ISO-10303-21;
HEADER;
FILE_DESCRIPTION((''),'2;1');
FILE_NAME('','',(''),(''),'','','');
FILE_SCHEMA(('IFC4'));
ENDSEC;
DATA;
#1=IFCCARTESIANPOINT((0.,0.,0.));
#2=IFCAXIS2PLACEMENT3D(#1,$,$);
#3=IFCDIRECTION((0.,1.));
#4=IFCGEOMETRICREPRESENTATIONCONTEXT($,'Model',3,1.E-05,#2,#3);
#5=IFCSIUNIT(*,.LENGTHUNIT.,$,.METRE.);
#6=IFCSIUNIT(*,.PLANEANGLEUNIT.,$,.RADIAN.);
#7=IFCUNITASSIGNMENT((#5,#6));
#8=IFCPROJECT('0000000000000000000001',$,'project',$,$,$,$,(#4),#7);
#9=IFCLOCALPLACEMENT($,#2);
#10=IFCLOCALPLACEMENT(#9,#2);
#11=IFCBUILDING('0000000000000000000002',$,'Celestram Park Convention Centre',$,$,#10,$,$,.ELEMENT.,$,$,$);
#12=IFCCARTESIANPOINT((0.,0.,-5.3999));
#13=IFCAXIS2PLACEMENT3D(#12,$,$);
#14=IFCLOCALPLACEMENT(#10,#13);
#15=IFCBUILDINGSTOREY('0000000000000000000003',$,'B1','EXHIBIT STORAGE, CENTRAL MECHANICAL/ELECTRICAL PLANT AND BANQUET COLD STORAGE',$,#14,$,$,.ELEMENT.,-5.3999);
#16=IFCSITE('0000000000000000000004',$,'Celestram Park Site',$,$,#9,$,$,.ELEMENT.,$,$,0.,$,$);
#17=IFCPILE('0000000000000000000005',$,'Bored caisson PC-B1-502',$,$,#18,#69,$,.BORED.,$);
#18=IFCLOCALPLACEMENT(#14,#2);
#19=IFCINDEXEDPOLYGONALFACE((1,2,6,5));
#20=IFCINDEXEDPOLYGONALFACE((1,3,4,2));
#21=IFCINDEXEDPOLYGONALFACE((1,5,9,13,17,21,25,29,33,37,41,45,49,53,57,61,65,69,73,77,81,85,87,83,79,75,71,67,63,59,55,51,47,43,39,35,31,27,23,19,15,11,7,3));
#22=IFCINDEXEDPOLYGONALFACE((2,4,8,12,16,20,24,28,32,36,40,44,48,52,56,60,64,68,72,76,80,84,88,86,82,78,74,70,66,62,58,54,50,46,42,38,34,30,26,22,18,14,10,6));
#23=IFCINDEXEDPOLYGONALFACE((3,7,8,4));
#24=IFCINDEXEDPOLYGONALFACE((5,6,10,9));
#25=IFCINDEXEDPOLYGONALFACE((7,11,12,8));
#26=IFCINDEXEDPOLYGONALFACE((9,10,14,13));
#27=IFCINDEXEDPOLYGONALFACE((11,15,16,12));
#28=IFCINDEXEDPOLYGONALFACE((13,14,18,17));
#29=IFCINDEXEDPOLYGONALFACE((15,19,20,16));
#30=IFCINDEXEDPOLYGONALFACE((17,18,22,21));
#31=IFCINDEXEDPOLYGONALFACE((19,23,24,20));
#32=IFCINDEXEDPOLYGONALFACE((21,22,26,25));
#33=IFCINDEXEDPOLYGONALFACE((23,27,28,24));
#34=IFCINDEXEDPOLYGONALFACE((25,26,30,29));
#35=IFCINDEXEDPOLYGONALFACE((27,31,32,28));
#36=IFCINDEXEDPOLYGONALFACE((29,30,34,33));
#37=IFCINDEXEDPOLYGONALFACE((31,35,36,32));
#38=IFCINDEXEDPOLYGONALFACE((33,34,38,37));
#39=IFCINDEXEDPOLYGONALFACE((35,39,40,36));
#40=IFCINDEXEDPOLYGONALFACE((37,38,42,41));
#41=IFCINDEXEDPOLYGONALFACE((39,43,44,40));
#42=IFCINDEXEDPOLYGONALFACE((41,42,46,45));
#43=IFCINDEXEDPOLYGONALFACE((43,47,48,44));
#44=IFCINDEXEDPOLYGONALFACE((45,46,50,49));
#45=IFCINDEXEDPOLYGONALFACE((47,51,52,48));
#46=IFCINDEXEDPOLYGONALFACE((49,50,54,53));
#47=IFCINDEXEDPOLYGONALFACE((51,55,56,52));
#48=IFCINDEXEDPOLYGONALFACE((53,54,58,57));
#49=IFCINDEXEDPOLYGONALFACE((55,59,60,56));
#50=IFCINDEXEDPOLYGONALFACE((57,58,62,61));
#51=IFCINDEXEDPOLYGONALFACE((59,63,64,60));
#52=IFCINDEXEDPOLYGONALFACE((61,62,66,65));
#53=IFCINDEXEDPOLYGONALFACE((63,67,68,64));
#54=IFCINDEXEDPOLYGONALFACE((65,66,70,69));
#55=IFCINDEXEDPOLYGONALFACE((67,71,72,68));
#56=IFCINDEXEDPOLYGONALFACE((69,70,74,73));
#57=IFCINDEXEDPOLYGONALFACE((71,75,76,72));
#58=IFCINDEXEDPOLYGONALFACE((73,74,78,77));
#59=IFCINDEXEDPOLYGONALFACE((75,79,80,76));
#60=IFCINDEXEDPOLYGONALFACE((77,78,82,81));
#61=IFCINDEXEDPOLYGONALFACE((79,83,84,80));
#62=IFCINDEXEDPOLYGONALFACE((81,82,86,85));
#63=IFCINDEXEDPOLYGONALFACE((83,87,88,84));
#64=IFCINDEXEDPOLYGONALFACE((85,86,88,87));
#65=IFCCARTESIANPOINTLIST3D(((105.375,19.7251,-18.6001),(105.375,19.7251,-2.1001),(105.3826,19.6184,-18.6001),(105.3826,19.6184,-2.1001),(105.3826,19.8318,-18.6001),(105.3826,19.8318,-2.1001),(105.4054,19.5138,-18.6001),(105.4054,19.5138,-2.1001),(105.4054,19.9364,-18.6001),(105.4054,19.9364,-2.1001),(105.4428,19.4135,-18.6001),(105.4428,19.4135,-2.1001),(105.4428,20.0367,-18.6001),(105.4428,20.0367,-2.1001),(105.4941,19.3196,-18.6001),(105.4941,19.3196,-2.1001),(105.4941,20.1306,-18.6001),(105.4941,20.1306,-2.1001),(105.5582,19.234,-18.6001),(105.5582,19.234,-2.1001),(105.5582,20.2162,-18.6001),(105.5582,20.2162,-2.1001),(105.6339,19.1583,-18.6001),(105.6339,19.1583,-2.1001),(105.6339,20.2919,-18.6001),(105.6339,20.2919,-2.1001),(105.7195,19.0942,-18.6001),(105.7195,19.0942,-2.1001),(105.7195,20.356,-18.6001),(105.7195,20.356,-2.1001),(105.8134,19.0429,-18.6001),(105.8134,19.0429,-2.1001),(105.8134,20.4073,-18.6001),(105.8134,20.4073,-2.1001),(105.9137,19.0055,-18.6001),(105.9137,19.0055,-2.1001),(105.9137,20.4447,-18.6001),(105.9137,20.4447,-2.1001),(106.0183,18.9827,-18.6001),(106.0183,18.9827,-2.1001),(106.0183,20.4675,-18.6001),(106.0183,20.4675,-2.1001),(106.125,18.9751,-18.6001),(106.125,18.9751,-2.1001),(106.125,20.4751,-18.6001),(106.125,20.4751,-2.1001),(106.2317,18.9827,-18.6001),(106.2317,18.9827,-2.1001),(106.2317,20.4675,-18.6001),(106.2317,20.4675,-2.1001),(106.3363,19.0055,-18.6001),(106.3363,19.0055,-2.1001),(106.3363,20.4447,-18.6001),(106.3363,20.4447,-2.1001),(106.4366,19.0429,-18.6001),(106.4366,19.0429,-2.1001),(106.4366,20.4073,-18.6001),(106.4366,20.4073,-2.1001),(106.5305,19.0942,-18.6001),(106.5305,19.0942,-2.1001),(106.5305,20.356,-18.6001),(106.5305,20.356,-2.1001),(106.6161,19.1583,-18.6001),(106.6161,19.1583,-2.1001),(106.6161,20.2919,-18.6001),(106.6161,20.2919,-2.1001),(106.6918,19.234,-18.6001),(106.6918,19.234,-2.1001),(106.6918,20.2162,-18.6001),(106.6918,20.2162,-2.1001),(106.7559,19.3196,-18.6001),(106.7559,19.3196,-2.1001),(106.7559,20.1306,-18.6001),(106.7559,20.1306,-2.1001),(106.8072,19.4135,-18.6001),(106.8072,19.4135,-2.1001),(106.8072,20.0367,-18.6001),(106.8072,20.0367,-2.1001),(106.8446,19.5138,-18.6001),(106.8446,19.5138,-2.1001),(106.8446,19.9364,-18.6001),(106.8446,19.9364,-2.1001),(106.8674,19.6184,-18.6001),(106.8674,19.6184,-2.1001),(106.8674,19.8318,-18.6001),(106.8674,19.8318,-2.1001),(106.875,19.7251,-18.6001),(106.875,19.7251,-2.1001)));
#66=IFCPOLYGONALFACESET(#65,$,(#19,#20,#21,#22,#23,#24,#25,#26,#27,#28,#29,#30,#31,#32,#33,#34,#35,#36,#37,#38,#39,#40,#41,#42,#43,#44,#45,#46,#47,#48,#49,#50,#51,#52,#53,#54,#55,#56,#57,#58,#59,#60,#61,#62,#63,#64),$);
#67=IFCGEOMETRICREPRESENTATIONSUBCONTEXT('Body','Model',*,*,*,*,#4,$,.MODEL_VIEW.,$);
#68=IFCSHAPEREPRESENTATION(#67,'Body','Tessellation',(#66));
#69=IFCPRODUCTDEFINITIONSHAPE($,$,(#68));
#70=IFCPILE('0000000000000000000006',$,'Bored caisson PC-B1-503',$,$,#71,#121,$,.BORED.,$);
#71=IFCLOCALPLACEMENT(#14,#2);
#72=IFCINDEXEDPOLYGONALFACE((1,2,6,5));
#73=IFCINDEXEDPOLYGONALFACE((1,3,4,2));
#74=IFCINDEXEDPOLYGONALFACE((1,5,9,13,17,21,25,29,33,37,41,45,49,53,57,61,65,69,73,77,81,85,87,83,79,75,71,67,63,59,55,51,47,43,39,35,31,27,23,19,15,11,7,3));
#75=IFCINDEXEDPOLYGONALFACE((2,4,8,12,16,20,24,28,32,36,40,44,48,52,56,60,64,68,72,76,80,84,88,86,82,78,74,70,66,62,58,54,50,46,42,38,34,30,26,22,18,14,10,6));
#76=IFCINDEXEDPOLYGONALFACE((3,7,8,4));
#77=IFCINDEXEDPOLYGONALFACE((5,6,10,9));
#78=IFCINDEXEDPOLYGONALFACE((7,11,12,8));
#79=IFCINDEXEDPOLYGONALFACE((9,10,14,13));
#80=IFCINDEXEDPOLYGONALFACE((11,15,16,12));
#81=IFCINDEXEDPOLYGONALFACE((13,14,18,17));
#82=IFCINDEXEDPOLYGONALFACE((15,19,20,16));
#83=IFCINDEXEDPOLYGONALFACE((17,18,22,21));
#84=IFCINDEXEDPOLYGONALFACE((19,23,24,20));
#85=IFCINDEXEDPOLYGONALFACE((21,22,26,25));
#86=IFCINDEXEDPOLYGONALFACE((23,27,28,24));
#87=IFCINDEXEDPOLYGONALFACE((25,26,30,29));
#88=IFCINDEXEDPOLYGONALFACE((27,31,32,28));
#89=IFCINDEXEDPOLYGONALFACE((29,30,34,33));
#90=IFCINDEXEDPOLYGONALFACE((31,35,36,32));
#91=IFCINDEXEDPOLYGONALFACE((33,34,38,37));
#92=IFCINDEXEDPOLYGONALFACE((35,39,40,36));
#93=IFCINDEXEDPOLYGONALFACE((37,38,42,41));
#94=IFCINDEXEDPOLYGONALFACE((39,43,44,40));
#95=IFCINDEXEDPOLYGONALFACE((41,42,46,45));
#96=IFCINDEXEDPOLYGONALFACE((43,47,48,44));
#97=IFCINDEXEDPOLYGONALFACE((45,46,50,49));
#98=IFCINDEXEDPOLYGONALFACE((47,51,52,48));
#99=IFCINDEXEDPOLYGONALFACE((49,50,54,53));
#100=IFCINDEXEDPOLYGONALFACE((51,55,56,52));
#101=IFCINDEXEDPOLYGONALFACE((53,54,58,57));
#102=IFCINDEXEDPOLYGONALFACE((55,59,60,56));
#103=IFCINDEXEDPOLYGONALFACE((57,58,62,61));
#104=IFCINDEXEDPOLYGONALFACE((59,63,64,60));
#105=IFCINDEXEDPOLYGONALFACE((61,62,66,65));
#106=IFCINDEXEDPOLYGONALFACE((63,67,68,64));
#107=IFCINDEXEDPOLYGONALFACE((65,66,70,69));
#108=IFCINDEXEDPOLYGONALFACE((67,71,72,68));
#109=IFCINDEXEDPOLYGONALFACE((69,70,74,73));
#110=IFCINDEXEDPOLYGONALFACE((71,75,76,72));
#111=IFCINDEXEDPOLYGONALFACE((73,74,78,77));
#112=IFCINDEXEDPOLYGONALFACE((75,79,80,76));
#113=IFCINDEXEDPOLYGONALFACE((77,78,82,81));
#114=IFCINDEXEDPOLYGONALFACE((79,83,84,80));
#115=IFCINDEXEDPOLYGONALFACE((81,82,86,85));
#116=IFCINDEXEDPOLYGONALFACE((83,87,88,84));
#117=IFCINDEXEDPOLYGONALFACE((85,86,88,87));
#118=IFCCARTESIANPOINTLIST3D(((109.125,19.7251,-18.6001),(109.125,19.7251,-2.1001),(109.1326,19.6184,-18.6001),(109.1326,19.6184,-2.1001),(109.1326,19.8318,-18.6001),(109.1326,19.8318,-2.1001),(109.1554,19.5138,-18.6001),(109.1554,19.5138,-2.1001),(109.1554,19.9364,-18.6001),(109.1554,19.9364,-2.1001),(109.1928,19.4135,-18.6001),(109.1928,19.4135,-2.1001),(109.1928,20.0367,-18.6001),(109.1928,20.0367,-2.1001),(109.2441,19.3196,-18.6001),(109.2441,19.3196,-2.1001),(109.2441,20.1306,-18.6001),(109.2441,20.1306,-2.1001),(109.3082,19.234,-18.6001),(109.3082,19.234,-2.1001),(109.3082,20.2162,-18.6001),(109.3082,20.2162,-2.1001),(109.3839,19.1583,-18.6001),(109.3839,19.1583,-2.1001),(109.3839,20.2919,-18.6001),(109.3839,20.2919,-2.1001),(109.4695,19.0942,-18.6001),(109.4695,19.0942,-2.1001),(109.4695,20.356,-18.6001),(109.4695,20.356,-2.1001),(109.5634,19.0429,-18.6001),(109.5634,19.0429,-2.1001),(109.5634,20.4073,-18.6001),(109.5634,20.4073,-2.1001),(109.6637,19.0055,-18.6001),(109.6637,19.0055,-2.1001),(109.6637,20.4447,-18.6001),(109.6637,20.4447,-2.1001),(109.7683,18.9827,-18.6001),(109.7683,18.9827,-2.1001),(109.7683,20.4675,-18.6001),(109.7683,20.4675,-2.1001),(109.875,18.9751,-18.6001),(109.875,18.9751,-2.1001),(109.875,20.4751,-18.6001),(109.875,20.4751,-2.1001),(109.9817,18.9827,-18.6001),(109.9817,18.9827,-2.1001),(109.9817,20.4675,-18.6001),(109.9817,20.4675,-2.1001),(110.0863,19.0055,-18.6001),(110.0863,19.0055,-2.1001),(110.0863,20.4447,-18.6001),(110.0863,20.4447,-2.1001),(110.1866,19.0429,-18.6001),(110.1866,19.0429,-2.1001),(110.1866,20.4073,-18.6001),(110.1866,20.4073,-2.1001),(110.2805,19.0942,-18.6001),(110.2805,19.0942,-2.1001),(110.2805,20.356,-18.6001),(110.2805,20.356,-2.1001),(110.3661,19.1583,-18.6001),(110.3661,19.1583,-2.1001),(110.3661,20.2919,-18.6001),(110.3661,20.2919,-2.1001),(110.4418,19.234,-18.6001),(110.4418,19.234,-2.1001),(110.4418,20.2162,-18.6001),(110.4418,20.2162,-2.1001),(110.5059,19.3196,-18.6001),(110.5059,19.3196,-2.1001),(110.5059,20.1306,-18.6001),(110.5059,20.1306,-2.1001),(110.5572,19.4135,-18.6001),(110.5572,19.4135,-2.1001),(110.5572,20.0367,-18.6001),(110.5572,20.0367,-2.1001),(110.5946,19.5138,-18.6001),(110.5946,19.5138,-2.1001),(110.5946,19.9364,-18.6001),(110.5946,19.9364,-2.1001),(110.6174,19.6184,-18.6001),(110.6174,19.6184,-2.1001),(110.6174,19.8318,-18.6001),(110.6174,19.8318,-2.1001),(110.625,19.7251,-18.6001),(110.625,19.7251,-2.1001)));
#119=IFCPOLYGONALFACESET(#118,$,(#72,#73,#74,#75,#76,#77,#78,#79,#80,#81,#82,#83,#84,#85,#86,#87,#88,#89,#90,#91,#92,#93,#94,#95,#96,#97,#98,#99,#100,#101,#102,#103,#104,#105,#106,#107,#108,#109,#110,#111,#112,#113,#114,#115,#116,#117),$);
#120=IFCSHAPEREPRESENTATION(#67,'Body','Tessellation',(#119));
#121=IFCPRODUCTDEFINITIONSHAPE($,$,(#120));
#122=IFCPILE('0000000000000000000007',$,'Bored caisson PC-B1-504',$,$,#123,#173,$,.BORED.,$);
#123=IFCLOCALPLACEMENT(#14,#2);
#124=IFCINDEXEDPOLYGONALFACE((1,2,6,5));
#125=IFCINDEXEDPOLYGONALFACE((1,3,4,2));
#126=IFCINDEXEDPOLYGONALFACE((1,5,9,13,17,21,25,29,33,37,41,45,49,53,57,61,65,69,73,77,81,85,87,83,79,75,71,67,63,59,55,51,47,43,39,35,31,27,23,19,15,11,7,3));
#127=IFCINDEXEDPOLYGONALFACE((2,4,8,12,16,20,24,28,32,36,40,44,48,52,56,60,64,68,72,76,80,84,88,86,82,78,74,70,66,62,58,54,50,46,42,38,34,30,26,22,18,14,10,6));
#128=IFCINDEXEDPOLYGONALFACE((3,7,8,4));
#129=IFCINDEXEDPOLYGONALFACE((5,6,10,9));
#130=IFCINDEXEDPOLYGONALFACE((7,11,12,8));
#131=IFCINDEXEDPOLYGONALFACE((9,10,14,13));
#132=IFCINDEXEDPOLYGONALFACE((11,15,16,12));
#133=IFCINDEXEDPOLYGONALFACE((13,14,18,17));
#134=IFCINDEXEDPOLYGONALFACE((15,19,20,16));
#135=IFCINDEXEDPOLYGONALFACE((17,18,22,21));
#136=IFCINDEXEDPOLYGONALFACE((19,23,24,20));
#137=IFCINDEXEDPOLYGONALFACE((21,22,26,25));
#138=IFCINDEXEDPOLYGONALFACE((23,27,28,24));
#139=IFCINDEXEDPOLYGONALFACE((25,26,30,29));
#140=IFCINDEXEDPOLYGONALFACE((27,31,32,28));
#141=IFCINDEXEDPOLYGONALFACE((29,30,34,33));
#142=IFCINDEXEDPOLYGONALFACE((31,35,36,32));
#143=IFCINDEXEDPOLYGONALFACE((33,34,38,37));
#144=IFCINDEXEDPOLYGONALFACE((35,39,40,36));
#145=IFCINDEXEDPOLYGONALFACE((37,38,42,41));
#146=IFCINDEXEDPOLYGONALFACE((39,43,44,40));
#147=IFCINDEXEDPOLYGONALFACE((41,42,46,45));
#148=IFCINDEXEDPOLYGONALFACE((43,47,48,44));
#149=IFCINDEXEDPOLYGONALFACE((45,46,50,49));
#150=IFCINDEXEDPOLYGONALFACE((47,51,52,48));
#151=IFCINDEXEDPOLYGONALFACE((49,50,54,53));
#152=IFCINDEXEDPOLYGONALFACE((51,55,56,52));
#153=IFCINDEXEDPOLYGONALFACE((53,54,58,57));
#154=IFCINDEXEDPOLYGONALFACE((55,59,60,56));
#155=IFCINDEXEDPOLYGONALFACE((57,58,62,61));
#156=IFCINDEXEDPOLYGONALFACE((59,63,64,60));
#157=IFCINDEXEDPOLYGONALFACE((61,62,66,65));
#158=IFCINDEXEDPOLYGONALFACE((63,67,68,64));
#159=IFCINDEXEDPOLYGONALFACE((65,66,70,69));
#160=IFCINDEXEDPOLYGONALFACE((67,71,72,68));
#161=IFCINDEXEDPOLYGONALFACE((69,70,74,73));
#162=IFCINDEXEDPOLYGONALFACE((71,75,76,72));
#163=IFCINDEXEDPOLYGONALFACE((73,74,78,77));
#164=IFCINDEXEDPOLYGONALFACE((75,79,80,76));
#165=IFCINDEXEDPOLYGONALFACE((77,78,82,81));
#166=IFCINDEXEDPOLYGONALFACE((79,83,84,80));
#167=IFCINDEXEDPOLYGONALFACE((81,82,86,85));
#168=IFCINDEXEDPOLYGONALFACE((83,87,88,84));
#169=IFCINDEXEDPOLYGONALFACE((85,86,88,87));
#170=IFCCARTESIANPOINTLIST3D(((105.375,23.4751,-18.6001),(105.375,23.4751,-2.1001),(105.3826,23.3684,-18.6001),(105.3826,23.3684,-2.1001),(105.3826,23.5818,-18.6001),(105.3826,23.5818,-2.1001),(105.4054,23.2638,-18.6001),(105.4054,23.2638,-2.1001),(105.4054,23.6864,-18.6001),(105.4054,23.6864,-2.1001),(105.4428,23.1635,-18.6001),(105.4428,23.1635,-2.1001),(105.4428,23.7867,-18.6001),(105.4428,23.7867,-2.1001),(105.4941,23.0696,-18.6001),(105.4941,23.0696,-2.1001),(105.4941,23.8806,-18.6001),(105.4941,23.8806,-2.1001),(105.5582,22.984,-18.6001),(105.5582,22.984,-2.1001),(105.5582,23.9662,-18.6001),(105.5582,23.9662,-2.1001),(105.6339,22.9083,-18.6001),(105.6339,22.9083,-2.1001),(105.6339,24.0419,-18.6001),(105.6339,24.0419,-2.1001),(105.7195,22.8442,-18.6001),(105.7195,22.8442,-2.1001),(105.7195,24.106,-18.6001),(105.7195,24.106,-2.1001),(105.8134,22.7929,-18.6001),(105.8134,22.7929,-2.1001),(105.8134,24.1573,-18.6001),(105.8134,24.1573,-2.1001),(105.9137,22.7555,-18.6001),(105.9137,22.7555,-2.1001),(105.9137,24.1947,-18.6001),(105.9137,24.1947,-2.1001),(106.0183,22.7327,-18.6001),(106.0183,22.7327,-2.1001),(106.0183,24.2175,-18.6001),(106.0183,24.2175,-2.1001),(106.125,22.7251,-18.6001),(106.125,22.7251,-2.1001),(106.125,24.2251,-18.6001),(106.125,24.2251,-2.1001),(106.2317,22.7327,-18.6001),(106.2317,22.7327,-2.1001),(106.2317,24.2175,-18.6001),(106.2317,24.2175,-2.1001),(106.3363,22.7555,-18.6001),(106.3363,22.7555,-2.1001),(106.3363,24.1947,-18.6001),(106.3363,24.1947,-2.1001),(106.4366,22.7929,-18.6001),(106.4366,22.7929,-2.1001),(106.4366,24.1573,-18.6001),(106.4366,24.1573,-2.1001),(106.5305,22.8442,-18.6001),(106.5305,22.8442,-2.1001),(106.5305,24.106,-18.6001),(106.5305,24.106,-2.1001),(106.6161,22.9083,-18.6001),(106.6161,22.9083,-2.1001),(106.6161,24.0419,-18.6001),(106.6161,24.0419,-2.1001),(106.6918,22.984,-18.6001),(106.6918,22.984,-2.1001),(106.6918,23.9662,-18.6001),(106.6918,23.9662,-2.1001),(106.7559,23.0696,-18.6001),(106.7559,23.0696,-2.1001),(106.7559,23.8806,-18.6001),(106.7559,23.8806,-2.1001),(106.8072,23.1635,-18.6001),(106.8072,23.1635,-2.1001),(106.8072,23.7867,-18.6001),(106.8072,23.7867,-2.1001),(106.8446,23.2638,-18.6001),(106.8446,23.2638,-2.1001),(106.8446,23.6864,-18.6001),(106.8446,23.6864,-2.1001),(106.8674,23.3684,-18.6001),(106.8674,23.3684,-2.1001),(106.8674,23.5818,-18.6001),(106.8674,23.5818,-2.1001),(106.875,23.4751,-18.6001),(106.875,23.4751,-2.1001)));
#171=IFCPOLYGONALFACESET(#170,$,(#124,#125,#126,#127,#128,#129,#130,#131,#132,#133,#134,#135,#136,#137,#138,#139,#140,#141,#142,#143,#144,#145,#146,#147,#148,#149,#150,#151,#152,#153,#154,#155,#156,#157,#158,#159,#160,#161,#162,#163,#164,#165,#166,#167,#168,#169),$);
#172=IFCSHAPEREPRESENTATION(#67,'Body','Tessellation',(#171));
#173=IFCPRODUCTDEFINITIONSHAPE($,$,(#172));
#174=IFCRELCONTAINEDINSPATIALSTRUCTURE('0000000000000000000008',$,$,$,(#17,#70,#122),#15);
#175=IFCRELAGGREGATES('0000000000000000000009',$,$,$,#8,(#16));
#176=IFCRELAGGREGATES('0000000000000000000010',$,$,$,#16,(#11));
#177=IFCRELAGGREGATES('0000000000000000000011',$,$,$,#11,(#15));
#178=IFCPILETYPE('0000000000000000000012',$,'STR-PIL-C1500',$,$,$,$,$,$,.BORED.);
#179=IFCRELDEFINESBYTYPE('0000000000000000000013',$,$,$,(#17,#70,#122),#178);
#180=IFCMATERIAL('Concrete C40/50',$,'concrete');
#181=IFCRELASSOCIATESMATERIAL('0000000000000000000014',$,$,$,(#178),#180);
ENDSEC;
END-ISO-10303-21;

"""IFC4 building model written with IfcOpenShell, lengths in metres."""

from ifc_helpers import new_model, si_unit, direction, frame, origin, origin_2d, place, context, subcontext, project, spatial, circle, extrude, material, material_profile, profile_set, type_object, element, save


model = new_model("IFC4")

# Units and contexts
model_context = context("Model", 3, precision=1e-05, world=origin(), true_north=direction((0.0, 1.0)))
body_context = subcontext(model_context, "Body", "Model", "MODEL_VIEW")
ifc_project = project(units=[si_unit("LENGTHUNIT", "METRE"), si_unit("PLANEANGLEUNIT", "RADIAN")], contexts=[model_context])

# Site, building, storey
site_placement = place(None, origin())
site = spatial("IfcSite", under=ifc_project, at=site_placement, Name="Celestram Park Site", CompositionType="ELEMENT", RefElevation=0.0)
building_placement = place(site_placement, origin())
building = spatial("IfcBuilding", under=site, at=building_placement, Name="Celestram Park Convention Centre", CompositionType="ELEMENT")
storey_placement = place(building_placement, frame((0.0, 0.0, -5.3999)))
storey = spatial("IfcBuildingStorey", under=building, at=storey_placement, Name="B1", Description="EXHIBIT STORAGE, CENTRAL MECHANICAL/ELECTRICAL PLANT AND BANQUET COLD STORAGE", CompositionType="ELEMENT", Elevation=-5.3999)

# Shared definitions
ifc_material_1 = material(Name="Concrete C40/50", Category="concrete")

# Piles
ifc_material_profile_1 = material_profile(ifc_material_1, circle(Radius=0.75, at=origin_2d()), Name="CAISSON1500")
ifc_profile_set_1 = profile_set([ifc_material_profile_1], Name="Concrete C40/50")
pile_type_1 = type_object("IfcPileType", Name="STR-PIL-C1500", PredefinedType="BORED", material=ifc_profile_set_1)
for number, where, z_axis, x_axis, name in (
    (1, (106.125, 19.7251, -2.1001), (0.0, 0.0, -1.0), (1.0, 0.0, 0.0), "Bored caisson PC-B1-502"),
    (2, (109.875, 19.7251, -2.1001), (0.0, 0.0, -1.0), (1.0, 0.0, 0.0), "Bored caisson PC-B1-503"),
    (3, (106.125, 23.4751, -2.1001), (0.0, 0.0, -1.0), (1.0, 0.0, 0.0), "Bored caisson PC-B1-504"),
):
    element("IfcPile", number, at=place(storey_placement, frame(where, z_axis=z_axis, x_axis=x_axis)), inside=storey, type_object=pile_type_1, Name=name, PredefinedType="BORED", context=body_context, shape_type="SweptSolid", body=[
        extrude(circle(Radius=0.75, at=origin_2d()), origin(), (0.0, 0.0, 1.0), 16.5),
    ])

save(model, "model.ifc")
